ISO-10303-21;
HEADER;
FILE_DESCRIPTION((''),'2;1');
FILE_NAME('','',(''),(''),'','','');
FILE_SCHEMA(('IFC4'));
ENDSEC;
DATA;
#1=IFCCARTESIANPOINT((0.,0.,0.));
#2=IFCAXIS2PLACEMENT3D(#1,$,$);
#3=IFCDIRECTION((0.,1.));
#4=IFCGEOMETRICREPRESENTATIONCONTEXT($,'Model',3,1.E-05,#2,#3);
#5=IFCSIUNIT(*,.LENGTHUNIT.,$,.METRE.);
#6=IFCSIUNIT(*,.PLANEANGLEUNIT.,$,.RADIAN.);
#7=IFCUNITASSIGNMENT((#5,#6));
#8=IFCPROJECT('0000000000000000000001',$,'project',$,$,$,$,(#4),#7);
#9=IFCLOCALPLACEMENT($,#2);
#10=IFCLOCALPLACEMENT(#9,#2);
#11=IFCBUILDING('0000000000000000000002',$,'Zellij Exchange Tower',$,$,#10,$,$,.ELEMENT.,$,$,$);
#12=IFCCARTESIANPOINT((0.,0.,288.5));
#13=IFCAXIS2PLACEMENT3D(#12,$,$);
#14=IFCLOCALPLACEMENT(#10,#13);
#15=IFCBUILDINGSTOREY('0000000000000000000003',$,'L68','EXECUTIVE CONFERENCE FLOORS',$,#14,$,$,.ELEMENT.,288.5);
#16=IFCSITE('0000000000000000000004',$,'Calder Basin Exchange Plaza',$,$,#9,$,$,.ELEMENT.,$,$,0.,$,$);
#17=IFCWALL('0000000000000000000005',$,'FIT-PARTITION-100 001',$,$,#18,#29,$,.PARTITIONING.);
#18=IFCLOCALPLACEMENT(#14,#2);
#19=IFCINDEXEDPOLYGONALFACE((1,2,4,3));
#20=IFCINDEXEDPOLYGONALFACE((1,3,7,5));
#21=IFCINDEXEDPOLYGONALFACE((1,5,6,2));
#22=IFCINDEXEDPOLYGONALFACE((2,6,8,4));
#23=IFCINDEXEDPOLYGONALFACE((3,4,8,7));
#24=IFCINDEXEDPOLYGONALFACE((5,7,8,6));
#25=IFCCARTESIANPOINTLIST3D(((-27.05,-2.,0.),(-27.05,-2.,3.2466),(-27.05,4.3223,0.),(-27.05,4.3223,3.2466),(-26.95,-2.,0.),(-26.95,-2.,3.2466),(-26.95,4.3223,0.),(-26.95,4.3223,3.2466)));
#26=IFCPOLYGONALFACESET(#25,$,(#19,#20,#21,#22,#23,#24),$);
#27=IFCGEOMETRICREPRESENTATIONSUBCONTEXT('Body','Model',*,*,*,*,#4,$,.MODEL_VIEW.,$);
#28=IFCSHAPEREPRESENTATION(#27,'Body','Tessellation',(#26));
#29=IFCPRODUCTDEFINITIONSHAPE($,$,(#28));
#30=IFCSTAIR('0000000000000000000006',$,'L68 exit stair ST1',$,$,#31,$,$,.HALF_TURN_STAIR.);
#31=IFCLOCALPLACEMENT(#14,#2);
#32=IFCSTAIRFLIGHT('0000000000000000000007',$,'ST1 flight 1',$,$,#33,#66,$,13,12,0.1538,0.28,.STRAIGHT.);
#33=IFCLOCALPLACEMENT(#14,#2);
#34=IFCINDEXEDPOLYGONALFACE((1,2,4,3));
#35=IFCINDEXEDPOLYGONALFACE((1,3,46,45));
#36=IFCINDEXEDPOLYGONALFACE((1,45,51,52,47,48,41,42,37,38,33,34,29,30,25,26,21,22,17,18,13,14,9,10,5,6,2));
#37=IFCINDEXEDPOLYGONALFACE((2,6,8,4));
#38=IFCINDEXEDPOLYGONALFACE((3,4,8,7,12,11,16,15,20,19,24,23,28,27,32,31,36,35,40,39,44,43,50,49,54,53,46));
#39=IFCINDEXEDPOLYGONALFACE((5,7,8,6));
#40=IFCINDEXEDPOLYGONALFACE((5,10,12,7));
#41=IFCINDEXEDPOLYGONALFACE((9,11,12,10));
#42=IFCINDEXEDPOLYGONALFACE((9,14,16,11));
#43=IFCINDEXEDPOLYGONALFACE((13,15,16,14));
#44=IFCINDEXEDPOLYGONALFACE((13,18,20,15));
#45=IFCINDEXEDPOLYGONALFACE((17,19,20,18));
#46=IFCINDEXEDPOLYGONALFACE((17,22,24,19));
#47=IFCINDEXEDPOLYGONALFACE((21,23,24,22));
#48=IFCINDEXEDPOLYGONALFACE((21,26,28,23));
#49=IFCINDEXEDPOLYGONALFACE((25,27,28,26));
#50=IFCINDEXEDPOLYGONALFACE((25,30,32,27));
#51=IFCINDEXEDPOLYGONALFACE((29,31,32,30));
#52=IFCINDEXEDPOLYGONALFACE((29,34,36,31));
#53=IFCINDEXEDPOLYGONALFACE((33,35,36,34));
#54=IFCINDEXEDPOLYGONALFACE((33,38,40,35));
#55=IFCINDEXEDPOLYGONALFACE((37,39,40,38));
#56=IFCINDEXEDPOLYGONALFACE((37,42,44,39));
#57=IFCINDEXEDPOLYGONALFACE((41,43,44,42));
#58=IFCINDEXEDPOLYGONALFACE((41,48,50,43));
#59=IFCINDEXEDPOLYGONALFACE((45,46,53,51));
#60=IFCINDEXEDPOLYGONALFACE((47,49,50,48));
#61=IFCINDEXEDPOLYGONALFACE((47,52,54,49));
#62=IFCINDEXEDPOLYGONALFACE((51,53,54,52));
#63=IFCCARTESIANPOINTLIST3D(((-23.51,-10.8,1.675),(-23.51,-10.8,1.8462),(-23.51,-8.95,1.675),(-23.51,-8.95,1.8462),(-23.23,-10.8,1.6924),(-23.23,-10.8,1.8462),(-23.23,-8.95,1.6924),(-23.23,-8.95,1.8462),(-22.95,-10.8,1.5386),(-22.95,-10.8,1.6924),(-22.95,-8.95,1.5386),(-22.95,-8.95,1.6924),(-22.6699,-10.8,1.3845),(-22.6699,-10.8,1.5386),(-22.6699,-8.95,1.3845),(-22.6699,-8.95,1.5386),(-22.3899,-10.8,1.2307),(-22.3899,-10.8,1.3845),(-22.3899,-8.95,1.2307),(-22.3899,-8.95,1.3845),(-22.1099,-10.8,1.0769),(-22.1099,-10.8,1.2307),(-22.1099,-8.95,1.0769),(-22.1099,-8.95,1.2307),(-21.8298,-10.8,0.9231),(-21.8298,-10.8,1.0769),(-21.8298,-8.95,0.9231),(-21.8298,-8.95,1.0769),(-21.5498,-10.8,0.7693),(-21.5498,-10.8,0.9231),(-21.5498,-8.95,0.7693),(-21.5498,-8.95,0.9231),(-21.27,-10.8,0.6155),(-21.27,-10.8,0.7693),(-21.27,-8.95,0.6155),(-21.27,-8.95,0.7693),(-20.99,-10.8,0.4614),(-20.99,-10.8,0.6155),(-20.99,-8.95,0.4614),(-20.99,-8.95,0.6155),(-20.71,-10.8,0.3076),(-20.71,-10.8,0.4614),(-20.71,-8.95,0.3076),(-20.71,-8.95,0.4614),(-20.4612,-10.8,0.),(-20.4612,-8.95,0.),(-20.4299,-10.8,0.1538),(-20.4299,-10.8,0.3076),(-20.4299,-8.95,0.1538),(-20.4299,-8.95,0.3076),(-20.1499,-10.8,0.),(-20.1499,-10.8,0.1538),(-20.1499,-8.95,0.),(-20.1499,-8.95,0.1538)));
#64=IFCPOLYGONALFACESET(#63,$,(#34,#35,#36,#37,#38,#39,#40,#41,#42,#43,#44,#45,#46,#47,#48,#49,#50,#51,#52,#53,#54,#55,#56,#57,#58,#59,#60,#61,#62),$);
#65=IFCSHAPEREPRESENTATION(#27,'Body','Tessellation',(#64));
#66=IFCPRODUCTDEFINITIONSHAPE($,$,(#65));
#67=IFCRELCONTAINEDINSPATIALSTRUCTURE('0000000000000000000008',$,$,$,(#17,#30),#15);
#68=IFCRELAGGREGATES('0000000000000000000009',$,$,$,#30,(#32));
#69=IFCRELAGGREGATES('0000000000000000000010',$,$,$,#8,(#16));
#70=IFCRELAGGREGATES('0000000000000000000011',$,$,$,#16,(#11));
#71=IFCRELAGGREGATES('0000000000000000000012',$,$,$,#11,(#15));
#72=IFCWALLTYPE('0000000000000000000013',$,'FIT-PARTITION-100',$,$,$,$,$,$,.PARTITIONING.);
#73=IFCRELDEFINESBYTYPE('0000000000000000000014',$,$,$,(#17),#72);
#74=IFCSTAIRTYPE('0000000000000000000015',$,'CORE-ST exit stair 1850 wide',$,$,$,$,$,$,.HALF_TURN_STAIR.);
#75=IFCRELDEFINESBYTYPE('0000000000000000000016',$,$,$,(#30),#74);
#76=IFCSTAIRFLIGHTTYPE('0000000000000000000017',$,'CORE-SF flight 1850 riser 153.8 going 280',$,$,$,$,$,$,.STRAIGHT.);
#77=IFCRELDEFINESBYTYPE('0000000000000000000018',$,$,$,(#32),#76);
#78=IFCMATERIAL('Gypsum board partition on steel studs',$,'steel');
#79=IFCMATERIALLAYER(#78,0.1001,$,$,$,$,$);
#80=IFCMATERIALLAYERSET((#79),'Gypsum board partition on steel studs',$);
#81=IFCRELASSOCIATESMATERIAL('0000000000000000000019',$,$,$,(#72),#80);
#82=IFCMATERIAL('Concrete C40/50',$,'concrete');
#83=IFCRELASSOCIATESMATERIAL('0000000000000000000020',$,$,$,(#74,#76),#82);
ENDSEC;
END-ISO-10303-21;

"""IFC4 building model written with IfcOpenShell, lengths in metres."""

from ifc_helpers import new_model, si_unit, direction, frame, frame_2d, origin, place, context, subcontext, project, spatial, polyline, rectangle, outline, extrude, material, layer, layer_set, type_object, element, aggregate, save


model = new_model("IFC4")

# Units and contexts
model_context = context("Model", 3, precision=1e-05, world=origin(), true_north=direction((0.0, 1.0)))
body_context = subcontext(model_context, "Body", "Model", "MODEL_VIEW")
ifc_project = project(units=[si_unit("LENGTHUNIT", "METRE"), si_unit("PLANEANGLEUNIT", "RADIAN")], contexts=[model_context])

# Site, building, storey
site_placement = place(None, origin())
site = spatial("IfcSite", under=ifc_project, at=site_placement, Name="Calder Basin Exchange Plaza", CompositionType="ELEMENT", RefElevation=0.0)
building_placement = place(site_placement, origin())
building = spatial("IfcBuilding", under=site, at=building_placement, Name="Zellij Exchange Tower", CompositionType="ELEMENT")
storey_placement = place(building_placement, frame((0.0, 0.0, 288.5)))
storey = spatial("IfcBuildingStorey", under=building, at=storey_placement, Name="L68", Description="EXECUTIVE CONFERENCE FLOORS", CompositionType="ELEMENT", Elevation=288.5)

# Wall
ifc_material_1 = material(Name="Gypsum board partition on steel studs", Category="steel")
ifc_layer_1 = layer(ifc_material_1, 0.1001)
ifc_layer_set_1 = layer_set([ifc_layer_1], Name="Gypsum board partition on steel studs")
wall_type_1 = type_object("IfcWallType", Name="FIT-PARTITION-100", PredefinedType="PARTITIONING", material=ifc_layer_set_1)
wall_1_placement = place(storey_placement, frame((-27.0, -2.0, 0.0), z_axis=(0.0, 0.0, 1.0), x_axis=(0.0, 1.0, 0.0)))
element("IfcWall", 1, at=wall_1_placement, inside=storey, type_object=wall_type_1, Name="FIT-PARTITION-100 001", PredefinedType="PARTITIONING", context=body_context, shape_type="SweptSolid", body=[
    extrude(rectangle(XDim=6.3223, YDim=0.1001, at=frame_2d((3.1611, 0.0))), origin(), (0.0, 0.0, 1.0), 3.2466),
])

# Stair, stair flight
ifc_material_2 = material(Name="Concrete C40/50", Category="concrete")
stair_type = type_object("IfcStairType", Name="CORE-ST exit stair 1850 wide", PredefinedType="HALF_TURN_STAIR", material=ifc_material_2)
stair_placement = place(storey_placement, origin())
stair = element("IfcStair", 2, at=stair_placement, inside=storey, type_object=stair_type, Name="L68 exit stair ST1", PredefinedType="HALF_TURN_STAIR")
stair_flight_type = type_object("IfcStairFlightType", Name="CORE-SF flight 1850 riser 153.8 going 280", PredefinedType="STRAIGHT", material=ifc_material_2)
stair_flight_placement = place(storey_placement, frame((-20.1499, -9.875, 0.0), z_axis=(0.0, 0.0, 1.0), x_axis=(-1.0, 0.0, 0.0)))
stair_flight = element("IfcStairFlight", 3, at=stair_flight_placement, type_object=stair_flight_type, Name="ST1 flight 1", NumberOfRisers=13, NumberOfTreads=12, PredefinedType="STRAIGHT", RiserHeight=0.1538, TreadLength=0.28, context=body_context, shape_type="SweptSolid", body=[
    extrude(outline(polyline([(0.0, 0.0), (0.0, 0.1538), (0.28, 0.1538), (0.28, 0.3076), (0.5601, 0.3076), (0.5601, 0.4614), (0.8401, 0.4614), (0.8401, 0.6155), (1.1201, 0.6155), (1.1201, 0.7693), (1.3999, 0.7693), (1.3999, 0.9231), (1.6799, 0.9231), (1.6799, 1.0769), (1.96, 1.0769), (1.96, 1.2307), (2.24, 1.2307), (2.24, 1.3845), (2.52, 1.3845), (2.52, 1.5386), (2.8, 1.5386), (2.8, 1.6924), (3.0801, 1.6924), (3.0801, 1.8462), (3.3601, 1.8462), (3.3601, 2.0), (3.3601, 1.675), (0.3113, 0.0), (0.0, 0.0)])), frame((0.0, 0.925, 0.0), z_axis=(0.0, -1.0, 0.0), x_axis=(1.0, 0.0, 0.0)), (0.0, 0.0, 1.0), 1.8501),
])
aggregate(stair, [stair_flight])

save(model, "model.ifc")
